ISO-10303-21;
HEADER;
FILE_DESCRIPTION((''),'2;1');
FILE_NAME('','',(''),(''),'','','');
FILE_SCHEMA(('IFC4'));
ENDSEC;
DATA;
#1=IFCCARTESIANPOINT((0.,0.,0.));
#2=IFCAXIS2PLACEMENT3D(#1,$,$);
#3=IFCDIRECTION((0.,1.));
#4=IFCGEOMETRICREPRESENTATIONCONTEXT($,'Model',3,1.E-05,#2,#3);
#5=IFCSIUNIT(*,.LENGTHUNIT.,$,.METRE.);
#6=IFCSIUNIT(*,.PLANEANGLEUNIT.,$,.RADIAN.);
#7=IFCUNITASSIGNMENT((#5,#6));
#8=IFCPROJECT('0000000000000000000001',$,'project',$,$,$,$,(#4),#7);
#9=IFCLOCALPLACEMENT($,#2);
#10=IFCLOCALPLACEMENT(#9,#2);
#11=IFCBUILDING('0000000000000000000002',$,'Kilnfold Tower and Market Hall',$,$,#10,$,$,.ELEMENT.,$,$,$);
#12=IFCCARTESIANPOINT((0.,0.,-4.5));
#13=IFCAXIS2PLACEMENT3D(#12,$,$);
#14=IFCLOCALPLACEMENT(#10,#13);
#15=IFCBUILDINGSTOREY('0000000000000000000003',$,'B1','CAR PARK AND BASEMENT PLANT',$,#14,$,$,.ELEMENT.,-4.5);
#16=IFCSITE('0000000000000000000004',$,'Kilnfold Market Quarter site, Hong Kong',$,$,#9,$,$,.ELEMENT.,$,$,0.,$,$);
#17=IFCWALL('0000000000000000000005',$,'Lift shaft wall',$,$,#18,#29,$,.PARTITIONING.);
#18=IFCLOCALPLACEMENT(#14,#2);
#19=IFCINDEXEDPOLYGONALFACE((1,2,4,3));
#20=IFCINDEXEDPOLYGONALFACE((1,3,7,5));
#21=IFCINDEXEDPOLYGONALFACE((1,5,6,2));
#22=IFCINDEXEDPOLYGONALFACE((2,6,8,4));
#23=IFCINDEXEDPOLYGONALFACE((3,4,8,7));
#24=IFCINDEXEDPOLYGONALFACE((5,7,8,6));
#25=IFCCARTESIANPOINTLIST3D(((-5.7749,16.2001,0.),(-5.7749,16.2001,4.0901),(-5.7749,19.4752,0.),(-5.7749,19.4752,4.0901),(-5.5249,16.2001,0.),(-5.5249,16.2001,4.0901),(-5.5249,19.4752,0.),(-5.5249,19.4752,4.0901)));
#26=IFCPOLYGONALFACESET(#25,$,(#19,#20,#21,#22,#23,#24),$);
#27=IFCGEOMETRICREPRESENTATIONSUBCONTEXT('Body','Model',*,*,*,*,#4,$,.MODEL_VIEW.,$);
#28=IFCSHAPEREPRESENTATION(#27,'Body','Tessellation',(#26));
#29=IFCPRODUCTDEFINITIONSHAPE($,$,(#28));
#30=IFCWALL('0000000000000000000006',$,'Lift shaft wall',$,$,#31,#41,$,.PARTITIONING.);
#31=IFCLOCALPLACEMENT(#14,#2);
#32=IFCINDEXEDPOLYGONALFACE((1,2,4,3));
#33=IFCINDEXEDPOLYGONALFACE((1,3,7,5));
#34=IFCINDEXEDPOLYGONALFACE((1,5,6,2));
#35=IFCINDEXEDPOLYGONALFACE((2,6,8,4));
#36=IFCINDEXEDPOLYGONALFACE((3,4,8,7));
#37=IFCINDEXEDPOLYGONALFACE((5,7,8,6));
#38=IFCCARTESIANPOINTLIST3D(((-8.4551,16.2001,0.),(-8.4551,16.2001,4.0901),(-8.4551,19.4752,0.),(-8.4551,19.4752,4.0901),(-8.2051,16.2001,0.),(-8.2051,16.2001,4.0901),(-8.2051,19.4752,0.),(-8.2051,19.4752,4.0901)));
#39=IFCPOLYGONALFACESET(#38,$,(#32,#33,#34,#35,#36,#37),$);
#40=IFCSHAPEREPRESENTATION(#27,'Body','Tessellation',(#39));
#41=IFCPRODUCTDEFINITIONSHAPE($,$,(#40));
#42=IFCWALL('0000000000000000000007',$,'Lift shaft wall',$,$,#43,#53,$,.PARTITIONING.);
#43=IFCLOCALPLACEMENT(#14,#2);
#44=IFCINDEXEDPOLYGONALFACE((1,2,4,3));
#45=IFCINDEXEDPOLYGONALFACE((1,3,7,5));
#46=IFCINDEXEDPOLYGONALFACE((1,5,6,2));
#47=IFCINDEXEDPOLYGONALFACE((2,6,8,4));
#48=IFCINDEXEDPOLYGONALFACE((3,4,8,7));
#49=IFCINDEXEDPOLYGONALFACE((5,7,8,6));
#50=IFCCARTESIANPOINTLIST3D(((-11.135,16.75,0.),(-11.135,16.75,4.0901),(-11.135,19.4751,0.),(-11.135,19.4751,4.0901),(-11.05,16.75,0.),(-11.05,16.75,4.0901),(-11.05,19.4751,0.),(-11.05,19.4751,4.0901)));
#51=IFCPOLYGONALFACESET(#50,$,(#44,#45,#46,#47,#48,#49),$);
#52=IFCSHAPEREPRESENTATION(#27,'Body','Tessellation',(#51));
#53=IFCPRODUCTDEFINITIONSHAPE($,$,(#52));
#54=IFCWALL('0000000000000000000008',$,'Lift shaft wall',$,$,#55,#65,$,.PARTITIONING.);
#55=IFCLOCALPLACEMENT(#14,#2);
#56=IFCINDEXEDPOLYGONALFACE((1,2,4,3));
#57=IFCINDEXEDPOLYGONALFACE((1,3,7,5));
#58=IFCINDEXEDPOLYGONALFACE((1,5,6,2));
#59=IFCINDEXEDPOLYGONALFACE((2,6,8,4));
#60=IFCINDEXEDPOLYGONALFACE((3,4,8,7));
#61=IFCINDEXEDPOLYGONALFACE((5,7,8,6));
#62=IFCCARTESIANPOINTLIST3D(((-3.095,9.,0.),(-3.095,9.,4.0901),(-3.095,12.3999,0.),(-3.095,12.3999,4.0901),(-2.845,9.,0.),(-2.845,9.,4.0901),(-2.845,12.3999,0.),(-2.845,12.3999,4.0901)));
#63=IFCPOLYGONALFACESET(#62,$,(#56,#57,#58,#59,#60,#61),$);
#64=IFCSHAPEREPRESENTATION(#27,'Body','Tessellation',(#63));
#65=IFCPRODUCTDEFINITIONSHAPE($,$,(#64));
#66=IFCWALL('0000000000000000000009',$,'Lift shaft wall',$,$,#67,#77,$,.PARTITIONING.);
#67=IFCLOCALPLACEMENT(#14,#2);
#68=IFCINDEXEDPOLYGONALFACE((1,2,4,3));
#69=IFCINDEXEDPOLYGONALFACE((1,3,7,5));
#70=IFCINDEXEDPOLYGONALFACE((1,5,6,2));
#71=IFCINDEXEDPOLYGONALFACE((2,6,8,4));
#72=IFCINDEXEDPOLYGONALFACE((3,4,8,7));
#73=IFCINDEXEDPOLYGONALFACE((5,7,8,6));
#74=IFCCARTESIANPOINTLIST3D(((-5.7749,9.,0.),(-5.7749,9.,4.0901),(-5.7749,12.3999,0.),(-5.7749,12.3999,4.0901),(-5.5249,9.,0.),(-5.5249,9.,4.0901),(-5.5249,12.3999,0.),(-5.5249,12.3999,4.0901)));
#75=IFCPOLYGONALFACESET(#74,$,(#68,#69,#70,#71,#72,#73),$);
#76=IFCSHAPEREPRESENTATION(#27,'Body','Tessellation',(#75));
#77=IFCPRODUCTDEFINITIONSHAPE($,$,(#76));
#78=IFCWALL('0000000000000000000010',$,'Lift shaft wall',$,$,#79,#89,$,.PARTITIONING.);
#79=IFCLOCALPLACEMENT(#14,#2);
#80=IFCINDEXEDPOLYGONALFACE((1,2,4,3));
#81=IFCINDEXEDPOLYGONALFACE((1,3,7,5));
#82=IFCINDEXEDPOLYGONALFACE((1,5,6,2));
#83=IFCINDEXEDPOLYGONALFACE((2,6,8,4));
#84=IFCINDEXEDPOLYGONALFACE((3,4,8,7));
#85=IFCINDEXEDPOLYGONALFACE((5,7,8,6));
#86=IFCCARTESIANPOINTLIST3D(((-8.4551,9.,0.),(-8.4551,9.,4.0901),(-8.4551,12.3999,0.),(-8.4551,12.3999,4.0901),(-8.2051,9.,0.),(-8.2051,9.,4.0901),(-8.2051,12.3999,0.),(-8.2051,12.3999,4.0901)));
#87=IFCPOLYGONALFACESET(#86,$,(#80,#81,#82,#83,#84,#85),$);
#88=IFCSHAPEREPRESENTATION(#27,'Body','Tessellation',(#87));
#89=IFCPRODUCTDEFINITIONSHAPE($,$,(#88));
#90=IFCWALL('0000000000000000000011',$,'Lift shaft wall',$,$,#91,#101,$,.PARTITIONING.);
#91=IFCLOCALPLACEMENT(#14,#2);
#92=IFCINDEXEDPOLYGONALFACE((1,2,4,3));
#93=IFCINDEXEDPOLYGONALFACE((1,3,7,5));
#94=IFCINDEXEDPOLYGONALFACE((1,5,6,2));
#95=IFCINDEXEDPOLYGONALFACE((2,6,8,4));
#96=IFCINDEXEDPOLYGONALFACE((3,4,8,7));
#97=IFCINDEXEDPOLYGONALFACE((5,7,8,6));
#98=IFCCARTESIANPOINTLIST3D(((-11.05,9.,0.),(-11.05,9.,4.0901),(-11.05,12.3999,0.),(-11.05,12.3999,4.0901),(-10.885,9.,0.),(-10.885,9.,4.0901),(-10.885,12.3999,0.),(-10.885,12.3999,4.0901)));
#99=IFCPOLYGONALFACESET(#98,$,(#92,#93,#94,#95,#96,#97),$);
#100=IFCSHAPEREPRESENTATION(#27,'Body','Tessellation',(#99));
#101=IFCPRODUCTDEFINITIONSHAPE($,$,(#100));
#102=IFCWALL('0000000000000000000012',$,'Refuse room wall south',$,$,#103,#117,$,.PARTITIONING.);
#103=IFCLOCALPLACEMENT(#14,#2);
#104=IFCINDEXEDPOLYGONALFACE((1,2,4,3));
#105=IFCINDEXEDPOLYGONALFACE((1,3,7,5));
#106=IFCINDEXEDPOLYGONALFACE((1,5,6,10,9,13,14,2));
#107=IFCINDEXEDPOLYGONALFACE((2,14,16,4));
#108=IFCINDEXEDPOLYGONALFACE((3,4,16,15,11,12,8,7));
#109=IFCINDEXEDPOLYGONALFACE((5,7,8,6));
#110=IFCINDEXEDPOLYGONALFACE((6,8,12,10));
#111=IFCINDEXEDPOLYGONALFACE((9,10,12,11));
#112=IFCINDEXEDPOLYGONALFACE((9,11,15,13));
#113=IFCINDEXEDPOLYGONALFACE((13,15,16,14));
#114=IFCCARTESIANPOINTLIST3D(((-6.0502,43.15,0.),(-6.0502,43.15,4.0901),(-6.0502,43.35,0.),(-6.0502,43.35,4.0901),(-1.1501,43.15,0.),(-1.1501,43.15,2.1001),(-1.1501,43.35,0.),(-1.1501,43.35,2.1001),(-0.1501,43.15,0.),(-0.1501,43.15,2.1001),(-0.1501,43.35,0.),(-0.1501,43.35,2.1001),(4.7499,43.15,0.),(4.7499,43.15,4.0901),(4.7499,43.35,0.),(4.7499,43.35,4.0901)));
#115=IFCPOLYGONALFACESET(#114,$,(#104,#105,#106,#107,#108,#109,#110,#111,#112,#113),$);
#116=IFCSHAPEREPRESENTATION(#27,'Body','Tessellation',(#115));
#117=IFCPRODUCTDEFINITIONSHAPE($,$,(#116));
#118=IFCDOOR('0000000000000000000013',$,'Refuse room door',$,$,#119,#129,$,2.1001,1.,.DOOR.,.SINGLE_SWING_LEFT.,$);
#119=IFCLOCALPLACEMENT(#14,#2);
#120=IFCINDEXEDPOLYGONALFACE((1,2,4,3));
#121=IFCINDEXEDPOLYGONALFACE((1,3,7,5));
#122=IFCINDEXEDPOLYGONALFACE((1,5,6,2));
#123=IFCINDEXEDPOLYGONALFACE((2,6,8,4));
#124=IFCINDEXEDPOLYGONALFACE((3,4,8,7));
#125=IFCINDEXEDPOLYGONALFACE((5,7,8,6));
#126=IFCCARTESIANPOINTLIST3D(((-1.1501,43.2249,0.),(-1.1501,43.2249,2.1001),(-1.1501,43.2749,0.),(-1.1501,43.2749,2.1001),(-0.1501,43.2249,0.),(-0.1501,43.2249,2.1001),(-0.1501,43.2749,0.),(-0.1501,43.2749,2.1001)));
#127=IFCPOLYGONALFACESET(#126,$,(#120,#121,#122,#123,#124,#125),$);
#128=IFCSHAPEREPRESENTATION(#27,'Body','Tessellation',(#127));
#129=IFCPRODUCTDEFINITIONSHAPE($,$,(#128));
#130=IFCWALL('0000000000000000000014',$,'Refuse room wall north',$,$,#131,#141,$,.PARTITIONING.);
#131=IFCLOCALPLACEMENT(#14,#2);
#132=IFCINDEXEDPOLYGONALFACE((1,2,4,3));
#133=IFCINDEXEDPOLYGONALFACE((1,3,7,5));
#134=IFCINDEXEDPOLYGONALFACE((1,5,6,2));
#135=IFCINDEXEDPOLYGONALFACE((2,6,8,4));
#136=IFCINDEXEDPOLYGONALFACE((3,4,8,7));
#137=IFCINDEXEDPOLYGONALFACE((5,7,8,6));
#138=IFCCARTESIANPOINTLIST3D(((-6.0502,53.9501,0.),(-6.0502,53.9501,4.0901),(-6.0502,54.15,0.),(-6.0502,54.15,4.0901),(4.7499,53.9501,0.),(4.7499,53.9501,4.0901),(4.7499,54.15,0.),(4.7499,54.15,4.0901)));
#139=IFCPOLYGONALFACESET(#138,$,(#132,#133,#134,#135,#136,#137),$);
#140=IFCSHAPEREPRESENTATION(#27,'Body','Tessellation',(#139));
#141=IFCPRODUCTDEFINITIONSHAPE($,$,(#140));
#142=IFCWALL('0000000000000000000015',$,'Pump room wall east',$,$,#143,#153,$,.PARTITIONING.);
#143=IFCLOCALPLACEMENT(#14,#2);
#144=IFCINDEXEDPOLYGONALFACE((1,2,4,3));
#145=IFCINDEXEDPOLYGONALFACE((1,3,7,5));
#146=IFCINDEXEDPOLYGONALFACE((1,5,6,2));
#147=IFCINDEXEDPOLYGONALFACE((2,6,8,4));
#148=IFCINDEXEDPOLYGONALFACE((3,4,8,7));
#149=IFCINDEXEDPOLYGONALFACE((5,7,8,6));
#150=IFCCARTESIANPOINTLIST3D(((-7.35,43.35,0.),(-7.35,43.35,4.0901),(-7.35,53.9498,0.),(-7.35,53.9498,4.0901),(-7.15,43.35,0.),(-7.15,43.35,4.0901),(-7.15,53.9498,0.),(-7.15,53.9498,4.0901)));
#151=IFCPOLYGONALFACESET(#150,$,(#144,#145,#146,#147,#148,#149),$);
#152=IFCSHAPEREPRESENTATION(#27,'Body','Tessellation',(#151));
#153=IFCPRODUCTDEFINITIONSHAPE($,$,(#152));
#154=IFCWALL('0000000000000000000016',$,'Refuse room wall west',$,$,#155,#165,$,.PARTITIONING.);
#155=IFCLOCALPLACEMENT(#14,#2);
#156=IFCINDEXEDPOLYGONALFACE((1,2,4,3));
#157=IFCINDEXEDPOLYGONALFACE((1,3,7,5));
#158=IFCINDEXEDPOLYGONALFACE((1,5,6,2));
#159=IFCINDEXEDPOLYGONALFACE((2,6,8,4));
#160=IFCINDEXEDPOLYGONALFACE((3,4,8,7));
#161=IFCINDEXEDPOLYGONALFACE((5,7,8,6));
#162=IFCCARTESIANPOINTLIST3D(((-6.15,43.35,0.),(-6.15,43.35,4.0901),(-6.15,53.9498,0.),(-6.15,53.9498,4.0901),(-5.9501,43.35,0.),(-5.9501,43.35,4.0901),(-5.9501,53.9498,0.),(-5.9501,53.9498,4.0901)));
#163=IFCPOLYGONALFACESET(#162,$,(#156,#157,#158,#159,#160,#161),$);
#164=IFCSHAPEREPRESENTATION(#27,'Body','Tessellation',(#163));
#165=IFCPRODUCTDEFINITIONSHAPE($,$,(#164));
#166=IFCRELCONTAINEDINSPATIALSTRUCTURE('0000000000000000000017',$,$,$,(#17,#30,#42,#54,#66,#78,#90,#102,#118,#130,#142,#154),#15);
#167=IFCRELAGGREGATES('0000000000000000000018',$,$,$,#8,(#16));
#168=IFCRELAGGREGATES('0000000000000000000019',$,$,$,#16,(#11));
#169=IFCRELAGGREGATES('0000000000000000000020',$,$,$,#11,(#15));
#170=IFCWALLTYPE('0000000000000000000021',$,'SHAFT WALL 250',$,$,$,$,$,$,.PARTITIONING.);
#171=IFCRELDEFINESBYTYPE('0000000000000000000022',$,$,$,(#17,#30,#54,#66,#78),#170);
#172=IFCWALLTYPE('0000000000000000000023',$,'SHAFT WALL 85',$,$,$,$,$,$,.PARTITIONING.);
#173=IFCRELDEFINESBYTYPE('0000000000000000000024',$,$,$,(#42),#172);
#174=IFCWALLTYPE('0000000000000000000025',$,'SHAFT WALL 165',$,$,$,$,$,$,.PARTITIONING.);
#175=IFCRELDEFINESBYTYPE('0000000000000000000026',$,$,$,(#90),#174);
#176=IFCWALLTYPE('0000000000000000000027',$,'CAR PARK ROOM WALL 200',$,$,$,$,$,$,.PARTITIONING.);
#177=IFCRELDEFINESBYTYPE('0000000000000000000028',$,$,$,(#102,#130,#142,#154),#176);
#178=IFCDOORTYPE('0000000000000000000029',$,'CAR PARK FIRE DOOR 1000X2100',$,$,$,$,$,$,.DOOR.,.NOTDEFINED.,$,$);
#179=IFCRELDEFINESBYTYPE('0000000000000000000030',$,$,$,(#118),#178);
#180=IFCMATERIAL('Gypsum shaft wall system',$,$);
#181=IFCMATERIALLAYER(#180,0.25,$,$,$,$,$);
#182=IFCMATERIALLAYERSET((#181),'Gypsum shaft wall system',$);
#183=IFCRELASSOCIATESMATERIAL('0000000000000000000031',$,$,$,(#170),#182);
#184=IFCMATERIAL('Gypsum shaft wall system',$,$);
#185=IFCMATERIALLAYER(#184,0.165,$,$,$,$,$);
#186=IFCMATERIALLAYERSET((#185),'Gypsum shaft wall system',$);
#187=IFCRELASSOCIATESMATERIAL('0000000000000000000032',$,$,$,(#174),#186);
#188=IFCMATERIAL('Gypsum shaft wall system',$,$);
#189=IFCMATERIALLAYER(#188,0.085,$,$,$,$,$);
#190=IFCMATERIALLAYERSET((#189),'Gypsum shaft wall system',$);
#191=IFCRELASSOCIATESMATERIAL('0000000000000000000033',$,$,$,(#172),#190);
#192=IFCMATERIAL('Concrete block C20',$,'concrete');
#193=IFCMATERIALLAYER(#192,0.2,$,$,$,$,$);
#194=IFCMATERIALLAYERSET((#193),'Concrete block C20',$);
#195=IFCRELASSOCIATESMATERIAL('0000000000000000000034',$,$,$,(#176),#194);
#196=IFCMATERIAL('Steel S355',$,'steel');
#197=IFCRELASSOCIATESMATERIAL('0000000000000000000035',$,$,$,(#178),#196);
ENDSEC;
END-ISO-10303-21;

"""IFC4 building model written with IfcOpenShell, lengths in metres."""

from ifc_helpers import new_model, si_unit, direction, frame, frame_2d, origin, place, context, subcontext, project, spatial, rectangle, extrude, source, transform, mapped, material, layer, layer_set, type_object, element, fill, save


model = new_model("IFC4")

# Units and contexts
model_context = context("Model", 3, precision=1e-05, world=origin(), true_north=direction((0.0, 1.0)))
body_context = subcontext(model_context, "Body", "Model", "MODEL_VIEW")
ifc_project = project(units=[si_unit("LENGTHUNIT", "METRE"), si_unit("PLANEANGLEUNIT", "RADIAN")], contexts=[model_context])

# Site, building, storey
site_placement = place(None, origin())
site = spatial("IfcSite", under=ifc_project, at=site_placement, Name="Kilnfold Market Quarter site, Hong Kong", CompositionType="ELEMENT", RefElevation=0.0)
building_placement = place(site_placement, origin())
building = spatial("IfcBuilding", under=site, at=building_placement, Name="Kilnfold Tower and Market Hall", CompositionType="ELEMENT")
storey_placement = place(building_placement, frame((0.0, 0.0, -4.5)))
storey = spatial("IfcBuildingStorey", under=building, at=storey_placement, Name="B1", Description="CAR PARK AND BASEMENT PLANT", CompositionType="ELEMENT", Elevation=-4.5)

# Walls
ifc_material_1 = material(Name="Gypsum shaft wall system")
ifc_layer_1 = layer(ifc_material_1, 0.25)
ifc_layer_set_1 = layer_set([ifc_layer_1], Name="Gypsum shaft wall system")
wall_type_1 = type_object("IfcWallType", Name="SHAFT WALL 250", PredefinedType="PARTITIONING", material=ifc_layer_set_1)
ifc_material_2 = material(Name="Gypsum shaft wall system")
ifc_layer_2 = layer(ifc_material_2, 0.165)
ifc_layer_set_2 = layer_set([ifc_layer_2], Name="Gypsum shaft wall system")
wall_type_2 = type_object("IfcWallType", Name="SHAFT WALL 165", PredefinedType="PARTITIONING", material=ifc_layer_set_2)
shared_shape_1 = source(origin(), body_context, "Body", "SweptSolid", [
    extrude(rectangle(XDim=3.2751, YDim=0.25, at=frame_2d((1.6377, 0.0))), origin(), (0.0, 0.0, 1.0), 4.0901),
])
for number, where, z_axis, x_axis, name in (
    (1, (-5.6499, 16.2, 0.0), (0.0, 0.0, 1.0), (0.0, 1.0, 0.0), "Lift shaft wall"),
    (2, (-8.3301, 16.2, 0.0), (0.0, 0.0, 1.0), (0.0, 1.0, 0.0), "Lift shaft wall"),
):
    element("IfcWall", number, at=place(storey_placement, frame(where, z_axis=z_axis, x_axis=x_axis)), inside=storey, type_object=wall_type_1, Name=name, PredefinedType="PARTITIONING", context=body_context, shape_type="MappedRepresentation", body=[
        mapped(shared_shape_1, transform((0.0, 0.0, 0.0))),
    ])
ifc_material_3 = material(Name="Gypsum shaft wall system")
ifc_layer_3 = layer(ifc_material_3, 0.085)
ifc_layer_set_3 = layer_set([ifc_layer_3], Name="Gypsum shaft wall system")
wall_type_3 = type_object("IfcWallType", Name="SHAFT WALL 85", PredefinedType="PARTITIONING", material=ifc_layer_set_3)
shared_shape_2 = source(origin(), body_context, "Body", "SweptSolid", [
    extrude(rectangle(XDim=2.7251, YDim=0.085, at=frame_2d((1.3625, 0.0))), origin(), (0.0, 0.0, 1.0), 4.0901),
])
wall_1_placement = place(storey_placement, frame((-11.0925, 16.75, 0.0), z_axis=(0.0, 0.0, 1.0), x_axis=(0.0, 1.0, 0.0)))
element("IfcWall", 3, at=wall_1_placement, inside=storey, type_object=wall_type_3, Name="Lift shaft wall", PredefinedType="PARTITIONING", context=body_context, shape_type="MappedRepresentation", body=[
    mapped(shared_shape_2, transform((0.0, 0.0, 0.0))),
])
shared_shape_3 = source(origin(), body_context, "Body", "SweptSolid", [
    extrude(rectangle(XDim=3.3999, YDim=0.25, at=frame_2d((1.7, 0.0))), origin(), (0.0, 0.0, 1.0), 4.0901),
])
for number, where, z_axis, x_axis, name in (
    (4, (-2.97, 9.0, 0.0), (0.0, 0.0, 1.0), (0.0, 1.0, 0.0), "Lift shaft wall"),
    (5, (-5.6499, 9.0, 0.0), (0.0, 0.0, 1.0), (0.0, 1.0, 0.0), "Lift shaft wall"),
    (6, (-8.3301, 9.0, 0.0), (0.0, 0.0, 1.0), (0.0, 1.0, 0.0), "Lift shaft wall"),
):
    element("IfcWall", number, at=place(storey_placement, frame(where, z_axis=z_axis, x_axis=x_axis)), inside=storey, type_object=wall_type_1, Name=name, PredefinedType="PARTITIONING", context=body_context, shape_type="MappedRepresentation", body=[
        mapped(shared_shape_3, transform((0.0, 0.0, 0.0))),
    ])
shared_shape_4 = source(origin(), body_context, "Body", "SweptSolid", [
    extrude(rectangle(XDim=3.3999, YDim=0.165, at=frame_2d((1.7, 0.0))), origin(), (0.0, 0.0, 1.0), 4.0901),
])
wall_2_placement = place(storey_placement, frame((-10.9675, 9.0, 0.0), z_axis=(0.0, 0.0, 1.0), x_axis=(0.0, 1.0, 0.0)))
element("IfcWall", 7, at=wall_2_placement, inside=storey, type_object=wall_type_2, Name="Lift shaft wall", PredefinedType="PARTITIONING", context=body_context, shape_type="MappedRepresentation", body=[
    mapped(shared_shape_4, transform((0.0, 0.0, 0.0))),
])

# Wall, opening, door
ifc_material_4 = material(Name="Concrete block C20", Category="concrete")
ifc_layer_4 = layer(ifc_material_4, 0.2)
ifc_layer_set_4 = layer_set([ifc_layer_4], Name="Concrete block C20")
wall_type_4 = type_object("IfcWallType", Name="CAR PARK ROOM WALL 200", PredefinedType="PARTITIONING", material=ifc_layer_set_4)
shared_shape_5 = source(origin(), body_context, "Body", "SweptSolid", [
    extrude(rectangle(XDim=10.8, YDim=0.2, at=frame_2d((5.3999, 0.0))), origin(), (0.0, 0.0, 1.0), 4.0901),
])
wall_3_placement = place(storey_placement, frame((-6.05, 43.25, 0.0), z_axis=(0.0, 0.0, 1.0), x_axis=(1.0, 0.0, 0.0)))
wall_3 = element("IfcWall", 8, at=wall_3_placement, inside=storey, type_object=wall_type_4, Name="Refuse room wall south", PredefinedType="PARTITIONING", context=body_context, shape_type="MappedRepresentation", body=[
    mapped(shared_shape_5, transform((0.0, 0.0, 0.0))),
])
opening_1_placement = place(wall_3_placement, frame((4.8999, 0.0, 0.0)))
opening_1 = element("IfcOpeningElement", 9, at=opening_1_placement, cuts=wall_3, PredefinedType="OPENING", context=body_context, shape_type="SweptSolid", body=[
    extrude(rectangle(XDim=1.0, YDim=2.1001, at=frame_2d((0.5, 1.05))), frame((0.0, 0.1099, 0.0), z_axis=(0.0, -1.0, 0.0), x_axis=(1.0, 0.0, 0.0)), (0.0, 0.0, 1.0), 0.22),
])
ifc_material_5 = material(Name="Steel S355", Category="steel")
door_type_1 = type_object("IfcDoorType", Name="CAR PARK FIRE DOOR 1000X2100", OperationType="NOTDEFINED", PredefinedType="DOOR", material=ifc_material_5)
door_1_placement = place(opening_1_placement, origin())
door_1 = element("IfcDoor", 10, at=door_1_placement, inside=storey, type_object=door_type_1, Name="Refuse room door", OperationType="SINGLE_SWING_LEFT", OverallHeight=2.1001, OverallWidth=1.0, PredefinedType="DOOR", context=body_context, shape_type="SweptSolid", body=[
    extrude(rectangle(XDim=1.0, YDim=2.1001, at=frame_2d((0.5, 1.05))), frame((0.0, 0.0249, 0.0), z_axis=(0.0, -1.0, 0.0), x_axis=(1.0, 0.0, 0.0)), (0.0, 0.0, 1.0), 0.05),
])
fill(opening_1, door_1)

# Walls
wall_4_placement = place(storey_placement, frame((-6.05, 54.05, 0.0), z_axis=(0.0, 0.0, 1.0), x_axis=(1.0, 0.0, 0.0)))
element("IfcWall", 11, at=wall_4_placement, inside=storey, type_object=wall_type_4, Name="Refuse room wall north", PredefinedType="PARTITIONING", context=body_context, shape_type="MappedRepresentation", body=[
    mapped(shared_shape_5, transform((0.0, 0.0, 0.0))),
])
shared_shape_6 = source(origin(), body_context, "Body", "SweptSolid", [
    extrude(rectangle(XDim=10.5999, YDim=0.2, at=frame_2d((5.2998, 0.0))), origin(), (0.0, 0.0, 1.0), 4.0901),
])
for number, where, z_axis, x_axis, name in (
    (12, (-7.25, 43.3501, 0.0), (0.0, 0.0, 1.0), (0.0, 1.0, 0.0), "Pump room wall east"),
    (13, (-6.05, 43.3501, 0.0), (0.0, 0.0, 1.0), (0.0, 1.0, 0.0), "Refuse room wall west"),
):
    element("IfcWall", number, at=place(storey_placement, frame(where, z_axis=z_axis, x_axis=x_axis)), inside=storey, type_object=wall_type_4, Name=name, PredefinedType="PARTITIONING", context=body_context, shape_type="MappedRepresentation", body=[
        mapped(shared_shape_6, transform((0.0, 0.0, 0.0))),
    ])

save(model, "model.ifc")
